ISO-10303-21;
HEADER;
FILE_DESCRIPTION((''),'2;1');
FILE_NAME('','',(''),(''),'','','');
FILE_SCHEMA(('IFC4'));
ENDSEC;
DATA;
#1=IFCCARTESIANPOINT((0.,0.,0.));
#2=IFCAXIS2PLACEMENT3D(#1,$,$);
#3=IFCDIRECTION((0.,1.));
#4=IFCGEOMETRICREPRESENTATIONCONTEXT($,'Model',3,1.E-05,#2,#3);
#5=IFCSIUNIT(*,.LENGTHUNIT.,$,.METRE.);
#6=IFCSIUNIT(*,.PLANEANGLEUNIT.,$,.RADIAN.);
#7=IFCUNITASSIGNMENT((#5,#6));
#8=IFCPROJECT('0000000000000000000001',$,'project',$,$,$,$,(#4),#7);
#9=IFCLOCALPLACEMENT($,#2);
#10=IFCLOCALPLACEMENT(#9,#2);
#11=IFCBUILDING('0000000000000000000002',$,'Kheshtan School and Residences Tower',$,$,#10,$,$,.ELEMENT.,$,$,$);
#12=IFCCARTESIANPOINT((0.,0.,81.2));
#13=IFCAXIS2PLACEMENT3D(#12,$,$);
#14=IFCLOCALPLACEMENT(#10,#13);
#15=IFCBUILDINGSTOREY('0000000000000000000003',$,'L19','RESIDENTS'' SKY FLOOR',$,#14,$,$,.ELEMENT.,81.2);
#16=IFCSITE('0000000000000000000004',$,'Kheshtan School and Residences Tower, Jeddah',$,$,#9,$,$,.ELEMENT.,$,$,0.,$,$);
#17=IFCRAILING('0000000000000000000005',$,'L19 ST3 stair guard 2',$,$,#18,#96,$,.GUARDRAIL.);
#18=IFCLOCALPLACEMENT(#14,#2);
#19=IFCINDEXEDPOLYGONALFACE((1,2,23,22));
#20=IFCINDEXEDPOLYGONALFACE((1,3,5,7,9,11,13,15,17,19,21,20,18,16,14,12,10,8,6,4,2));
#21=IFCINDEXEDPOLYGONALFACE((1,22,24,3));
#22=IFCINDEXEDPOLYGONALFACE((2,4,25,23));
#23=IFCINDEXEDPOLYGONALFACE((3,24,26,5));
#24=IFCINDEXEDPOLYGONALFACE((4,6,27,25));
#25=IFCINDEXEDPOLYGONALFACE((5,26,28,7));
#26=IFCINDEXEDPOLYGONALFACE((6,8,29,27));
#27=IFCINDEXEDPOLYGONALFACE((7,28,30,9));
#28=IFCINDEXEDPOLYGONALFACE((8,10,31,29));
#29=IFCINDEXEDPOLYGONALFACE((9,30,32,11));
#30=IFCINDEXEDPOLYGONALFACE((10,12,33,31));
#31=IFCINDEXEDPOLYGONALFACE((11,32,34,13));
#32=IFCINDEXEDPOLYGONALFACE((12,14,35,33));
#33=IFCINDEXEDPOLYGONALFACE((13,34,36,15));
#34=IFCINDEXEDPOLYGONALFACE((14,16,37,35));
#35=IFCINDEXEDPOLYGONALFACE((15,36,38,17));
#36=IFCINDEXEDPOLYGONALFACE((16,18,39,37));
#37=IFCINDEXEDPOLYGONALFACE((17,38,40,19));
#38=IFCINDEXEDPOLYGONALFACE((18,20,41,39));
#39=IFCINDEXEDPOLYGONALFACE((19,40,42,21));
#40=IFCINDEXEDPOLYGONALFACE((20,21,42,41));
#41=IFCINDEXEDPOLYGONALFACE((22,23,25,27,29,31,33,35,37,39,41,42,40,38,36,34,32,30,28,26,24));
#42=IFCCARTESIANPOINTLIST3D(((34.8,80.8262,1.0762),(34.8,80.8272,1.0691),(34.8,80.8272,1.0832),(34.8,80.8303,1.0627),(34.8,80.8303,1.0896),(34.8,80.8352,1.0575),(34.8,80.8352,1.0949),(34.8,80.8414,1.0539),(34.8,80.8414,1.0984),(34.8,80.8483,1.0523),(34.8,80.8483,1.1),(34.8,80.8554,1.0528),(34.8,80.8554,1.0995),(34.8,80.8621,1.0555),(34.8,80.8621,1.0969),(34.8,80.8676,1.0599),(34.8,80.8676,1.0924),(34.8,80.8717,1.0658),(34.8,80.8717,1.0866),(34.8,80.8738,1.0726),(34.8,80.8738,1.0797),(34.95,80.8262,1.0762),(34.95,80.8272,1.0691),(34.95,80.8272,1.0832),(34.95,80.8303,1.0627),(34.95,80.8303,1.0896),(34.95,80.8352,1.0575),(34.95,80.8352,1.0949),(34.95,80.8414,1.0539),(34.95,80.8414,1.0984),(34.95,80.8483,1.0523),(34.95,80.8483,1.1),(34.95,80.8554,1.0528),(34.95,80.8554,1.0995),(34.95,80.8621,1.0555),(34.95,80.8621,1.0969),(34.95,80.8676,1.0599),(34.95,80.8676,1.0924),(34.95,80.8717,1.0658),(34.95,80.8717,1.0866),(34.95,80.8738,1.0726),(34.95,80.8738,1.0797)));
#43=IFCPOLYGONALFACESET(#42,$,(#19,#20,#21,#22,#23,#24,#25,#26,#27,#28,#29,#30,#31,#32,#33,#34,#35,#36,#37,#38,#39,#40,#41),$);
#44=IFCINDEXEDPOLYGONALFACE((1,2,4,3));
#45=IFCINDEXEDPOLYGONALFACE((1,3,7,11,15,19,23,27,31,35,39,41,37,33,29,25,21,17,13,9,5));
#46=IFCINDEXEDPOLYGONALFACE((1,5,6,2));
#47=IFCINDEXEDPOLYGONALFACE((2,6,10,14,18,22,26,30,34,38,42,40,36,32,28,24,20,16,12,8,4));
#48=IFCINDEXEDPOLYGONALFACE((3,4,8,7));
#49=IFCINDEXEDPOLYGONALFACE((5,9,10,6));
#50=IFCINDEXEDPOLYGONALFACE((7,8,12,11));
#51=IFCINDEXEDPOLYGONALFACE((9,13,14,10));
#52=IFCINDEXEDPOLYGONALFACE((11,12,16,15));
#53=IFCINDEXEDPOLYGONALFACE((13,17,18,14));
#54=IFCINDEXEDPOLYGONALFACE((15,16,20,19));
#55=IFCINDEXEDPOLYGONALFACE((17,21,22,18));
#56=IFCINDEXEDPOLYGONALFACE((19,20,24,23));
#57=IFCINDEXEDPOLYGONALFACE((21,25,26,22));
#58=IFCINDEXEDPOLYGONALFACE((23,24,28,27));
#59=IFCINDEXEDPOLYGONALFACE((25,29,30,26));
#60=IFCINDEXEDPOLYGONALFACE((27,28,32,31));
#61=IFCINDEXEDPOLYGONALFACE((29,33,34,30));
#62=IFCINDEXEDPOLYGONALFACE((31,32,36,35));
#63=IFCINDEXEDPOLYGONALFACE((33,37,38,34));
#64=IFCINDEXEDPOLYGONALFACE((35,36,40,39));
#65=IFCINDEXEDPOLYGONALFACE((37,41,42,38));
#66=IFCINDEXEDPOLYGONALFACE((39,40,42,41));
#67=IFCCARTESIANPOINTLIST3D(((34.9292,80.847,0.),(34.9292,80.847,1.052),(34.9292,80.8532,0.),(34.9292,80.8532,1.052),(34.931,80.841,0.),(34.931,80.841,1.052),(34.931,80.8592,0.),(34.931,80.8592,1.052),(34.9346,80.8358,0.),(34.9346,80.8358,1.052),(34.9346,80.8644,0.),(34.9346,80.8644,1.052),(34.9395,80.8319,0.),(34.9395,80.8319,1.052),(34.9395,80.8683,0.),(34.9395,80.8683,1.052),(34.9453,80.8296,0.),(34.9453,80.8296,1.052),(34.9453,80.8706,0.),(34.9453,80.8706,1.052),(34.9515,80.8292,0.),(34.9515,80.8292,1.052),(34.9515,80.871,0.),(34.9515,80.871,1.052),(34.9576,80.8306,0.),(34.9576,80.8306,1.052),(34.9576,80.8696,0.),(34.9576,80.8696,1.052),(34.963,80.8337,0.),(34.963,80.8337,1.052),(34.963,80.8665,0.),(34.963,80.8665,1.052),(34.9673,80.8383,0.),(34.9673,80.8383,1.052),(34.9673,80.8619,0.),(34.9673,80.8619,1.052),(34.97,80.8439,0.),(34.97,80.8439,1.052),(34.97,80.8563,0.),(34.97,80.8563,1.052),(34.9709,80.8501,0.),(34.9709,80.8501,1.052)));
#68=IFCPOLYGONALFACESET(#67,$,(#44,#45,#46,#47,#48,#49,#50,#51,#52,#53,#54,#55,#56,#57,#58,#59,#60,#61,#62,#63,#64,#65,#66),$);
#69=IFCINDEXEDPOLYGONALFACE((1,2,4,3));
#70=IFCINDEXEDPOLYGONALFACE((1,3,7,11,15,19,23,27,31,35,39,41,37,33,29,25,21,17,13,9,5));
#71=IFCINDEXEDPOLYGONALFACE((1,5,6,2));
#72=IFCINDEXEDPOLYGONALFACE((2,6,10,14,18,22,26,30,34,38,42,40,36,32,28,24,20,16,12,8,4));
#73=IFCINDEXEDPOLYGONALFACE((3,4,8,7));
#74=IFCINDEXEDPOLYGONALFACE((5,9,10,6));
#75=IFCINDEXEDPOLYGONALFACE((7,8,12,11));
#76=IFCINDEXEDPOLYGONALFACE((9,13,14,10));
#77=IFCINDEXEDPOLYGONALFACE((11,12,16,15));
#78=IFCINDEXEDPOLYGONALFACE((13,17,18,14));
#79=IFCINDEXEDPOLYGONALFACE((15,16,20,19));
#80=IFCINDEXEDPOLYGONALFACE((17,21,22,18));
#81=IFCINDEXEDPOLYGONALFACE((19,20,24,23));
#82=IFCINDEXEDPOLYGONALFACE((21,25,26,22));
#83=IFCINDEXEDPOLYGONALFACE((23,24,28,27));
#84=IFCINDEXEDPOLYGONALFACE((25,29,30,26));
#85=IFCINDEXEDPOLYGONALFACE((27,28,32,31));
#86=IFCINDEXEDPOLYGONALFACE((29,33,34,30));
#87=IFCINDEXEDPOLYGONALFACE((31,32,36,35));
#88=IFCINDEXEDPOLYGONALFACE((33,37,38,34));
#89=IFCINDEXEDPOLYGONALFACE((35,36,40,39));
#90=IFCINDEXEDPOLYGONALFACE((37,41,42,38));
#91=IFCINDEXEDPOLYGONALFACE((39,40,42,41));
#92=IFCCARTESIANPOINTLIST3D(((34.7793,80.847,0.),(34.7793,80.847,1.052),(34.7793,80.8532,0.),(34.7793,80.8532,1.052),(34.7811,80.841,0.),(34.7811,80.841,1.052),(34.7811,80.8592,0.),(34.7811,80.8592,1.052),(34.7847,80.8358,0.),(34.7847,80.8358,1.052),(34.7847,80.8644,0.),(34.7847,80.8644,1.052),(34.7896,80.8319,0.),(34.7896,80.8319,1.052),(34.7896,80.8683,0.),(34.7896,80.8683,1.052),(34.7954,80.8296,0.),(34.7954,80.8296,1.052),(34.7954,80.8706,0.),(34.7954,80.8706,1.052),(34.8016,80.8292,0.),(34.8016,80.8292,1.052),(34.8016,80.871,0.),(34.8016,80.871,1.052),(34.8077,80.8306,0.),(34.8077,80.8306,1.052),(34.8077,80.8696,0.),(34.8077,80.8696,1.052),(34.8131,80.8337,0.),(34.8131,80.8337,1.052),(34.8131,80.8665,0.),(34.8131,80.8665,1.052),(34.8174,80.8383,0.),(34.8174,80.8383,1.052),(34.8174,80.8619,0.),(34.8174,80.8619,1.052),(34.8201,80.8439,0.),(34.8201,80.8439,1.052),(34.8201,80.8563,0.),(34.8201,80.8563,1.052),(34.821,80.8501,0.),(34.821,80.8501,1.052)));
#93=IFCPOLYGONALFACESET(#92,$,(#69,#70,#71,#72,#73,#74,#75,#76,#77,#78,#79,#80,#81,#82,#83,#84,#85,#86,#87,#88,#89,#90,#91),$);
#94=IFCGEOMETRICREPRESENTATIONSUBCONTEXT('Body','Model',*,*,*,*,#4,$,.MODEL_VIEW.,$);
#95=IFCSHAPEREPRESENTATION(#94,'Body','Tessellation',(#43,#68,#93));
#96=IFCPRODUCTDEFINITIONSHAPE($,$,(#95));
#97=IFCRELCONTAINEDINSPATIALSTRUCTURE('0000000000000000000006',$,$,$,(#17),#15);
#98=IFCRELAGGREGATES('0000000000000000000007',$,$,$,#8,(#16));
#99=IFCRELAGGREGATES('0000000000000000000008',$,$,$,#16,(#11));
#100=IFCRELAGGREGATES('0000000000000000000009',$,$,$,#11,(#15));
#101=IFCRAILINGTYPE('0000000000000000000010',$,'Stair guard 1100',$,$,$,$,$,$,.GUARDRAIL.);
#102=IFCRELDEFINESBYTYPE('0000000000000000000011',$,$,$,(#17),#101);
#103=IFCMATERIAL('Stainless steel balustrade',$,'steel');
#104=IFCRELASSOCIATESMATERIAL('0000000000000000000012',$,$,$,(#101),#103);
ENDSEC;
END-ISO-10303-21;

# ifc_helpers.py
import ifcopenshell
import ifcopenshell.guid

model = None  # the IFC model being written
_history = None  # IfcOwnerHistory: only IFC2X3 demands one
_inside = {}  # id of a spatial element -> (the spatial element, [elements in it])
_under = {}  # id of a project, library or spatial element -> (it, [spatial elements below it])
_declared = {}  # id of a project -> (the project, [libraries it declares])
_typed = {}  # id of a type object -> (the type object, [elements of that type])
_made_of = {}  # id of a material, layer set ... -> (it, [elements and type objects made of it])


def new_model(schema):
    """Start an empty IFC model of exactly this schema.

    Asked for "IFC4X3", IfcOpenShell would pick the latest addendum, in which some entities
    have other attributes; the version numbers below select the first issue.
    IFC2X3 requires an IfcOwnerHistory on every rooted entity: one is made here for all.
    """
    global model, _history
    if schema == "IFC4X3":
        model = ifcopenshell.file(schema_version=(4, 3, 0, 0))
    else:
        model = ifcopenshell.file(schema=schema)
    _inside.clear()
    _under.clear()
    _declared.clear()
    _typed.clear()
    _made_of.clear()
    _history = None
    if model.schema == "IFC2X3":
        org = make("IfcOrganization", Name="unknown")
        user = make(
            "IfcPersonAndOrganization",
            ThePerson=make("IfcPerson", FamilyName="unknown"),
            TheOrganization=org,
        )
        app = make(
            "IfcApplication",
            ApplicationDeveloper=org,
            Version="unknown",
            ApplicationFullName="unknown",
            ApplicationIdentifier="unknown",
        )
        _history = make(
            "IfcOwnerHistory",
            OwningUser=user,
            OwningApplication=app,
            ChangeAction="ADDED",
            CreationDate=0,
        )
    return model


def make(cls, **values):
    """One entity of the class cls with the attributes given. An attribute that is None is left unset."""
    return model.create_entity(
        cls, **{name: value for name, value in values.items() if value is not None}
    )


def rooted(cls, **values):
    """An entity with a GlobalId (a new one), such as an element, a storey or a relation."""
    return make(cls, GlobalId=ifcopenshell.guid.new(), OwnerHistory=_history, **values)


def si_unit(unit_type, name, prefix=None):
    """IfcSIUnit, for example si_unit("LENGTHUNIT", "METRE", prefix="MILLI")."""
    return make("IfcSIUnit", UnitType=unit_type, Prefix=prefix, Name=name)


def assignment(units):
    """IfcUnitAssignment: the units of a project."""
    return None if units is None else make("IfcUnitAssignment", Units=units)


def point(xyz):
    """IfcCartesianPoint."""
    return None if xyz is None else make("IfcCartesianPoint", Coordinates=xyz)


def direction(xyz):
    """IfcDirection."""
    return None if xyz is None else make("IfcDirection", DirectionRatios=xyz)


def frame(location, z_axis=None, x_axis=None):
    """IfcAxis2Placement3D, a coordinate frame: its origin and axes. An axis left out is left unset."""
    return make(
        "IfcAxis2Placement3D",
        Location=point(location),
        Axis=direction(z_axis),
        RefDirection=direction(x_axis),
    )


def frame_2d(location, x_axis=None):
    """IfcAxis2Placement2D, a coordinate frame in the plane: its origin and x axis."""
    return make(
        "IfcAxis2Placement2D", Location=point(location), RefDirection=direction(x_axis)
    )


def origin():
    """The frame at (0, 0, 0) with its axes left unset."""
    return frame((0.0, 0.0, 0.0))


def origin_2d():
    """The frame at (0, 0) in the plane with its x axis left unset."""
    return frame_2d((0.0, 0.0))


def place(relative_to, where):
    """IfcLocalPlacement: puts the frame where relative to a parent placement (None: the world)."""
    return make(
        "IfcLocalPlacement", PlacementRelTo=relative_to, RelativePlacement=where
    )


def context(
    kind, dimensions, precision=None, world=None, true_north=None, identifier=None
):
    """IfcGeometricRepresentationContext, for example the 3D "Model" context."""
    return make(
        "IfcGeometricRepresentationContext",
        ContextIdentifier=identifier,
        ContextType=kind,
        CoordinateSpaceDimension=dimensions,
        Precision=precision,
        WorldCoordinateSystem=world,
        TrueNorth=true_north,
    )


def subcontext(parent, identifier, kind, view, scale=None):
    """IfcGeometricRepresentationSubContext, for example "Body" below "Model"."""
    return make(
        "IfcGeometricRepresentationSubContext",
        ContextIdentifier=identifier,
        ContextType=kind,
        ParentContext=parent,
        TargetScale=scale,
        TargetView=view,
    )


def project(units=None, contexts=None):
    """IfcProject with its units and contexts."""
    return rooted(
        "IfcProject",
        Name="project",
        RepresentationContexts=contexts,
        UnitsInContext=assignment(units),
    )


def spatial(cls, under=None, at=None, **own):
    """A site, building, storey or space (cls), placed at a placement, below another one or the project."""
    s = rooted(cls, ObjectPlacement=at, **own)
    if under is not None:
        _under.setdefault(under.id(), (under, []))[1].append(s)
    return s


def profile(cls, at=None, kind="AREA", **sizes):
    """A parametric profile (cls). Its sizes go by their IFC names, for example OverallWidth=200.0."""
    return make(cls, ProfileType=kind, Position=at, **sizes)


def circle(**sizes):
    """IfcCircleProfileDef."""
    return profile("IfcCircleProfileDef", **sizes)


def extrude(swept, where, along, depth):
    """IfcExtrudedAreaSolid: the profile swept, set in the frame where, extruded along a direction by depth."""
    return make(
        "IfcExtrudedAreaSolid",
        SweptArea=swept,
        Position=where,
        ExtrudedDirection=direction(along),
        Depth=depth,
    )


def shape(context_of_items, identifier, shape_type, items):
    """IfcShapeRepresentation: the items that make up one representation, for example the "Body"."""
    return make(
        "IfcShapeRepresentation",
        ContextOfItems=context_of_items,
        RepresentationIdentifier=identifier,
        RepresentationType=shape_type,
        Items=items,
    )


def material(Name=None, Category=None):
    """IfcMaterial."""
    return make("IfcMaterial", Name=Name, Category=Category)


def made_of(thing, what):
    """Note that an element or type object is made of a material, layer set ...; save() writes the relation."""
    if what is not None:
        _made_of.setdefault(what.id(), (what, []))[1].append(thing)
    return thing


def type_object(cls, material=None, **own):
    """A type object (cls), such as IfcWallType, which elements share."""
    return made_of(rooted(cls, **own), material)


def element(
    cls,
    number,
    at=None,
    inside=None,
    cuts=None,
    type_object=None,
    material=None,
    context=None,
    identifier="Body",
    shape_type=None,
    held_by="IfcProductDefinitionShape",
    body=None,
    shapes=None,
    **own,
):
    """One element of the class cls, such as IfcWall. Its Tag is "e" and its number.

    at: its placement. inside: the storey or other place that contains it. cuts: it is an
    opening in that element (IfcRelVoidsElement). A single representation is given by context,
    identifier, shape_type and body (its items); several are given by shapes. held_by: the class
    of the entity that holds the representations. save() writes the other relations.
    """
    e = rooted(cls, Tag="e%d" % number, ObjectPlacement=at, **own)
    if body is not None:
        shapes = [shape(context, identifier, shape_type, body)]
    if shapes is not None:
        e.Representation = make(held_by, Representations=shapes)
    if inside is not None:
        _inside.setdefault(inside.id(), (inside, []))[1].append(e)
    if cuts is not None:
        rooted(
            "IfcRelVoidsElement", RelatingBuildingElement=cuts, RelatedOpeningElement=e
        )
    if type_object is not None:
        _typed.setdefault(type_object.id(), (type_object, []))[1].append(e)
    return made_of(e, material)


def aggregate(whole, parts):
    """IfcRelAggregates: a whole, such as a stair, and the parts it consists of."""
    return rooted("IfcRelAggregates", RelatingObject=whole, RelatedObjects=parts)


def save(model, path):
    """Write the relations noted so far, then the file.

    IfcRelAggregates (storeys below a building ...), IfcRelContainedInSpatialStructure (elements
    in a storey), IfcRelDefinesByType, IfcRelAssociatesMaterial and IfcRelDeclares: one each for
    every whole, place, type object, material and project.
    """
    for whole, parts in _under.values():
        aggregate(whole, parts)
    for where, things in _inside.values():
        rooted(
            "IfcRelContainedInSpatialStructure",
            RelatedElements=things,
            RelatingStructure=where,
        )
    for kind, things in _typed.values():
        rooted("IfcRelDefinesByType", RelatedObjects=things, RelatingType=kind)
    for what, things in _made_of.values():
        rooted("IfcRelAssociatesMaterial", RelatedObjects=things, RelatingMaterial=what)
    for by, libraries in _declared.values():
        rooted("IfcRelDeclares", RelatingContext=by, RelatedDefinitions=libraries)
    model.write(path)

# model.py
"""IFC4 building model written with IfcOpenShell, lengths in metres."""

from ifc_helpers import new_model, si_unit, direction, frame, origin, origin_2d, place, context, subcontext, project, spatial, circle, extrude, material, type_object, element, save


model = new_model("IFC4")

# Units and contexts
model_context = context("Model", 3, precision=1e-05, world=origin(), true_north=direction((0.0, 1.0)))
body_context = subcontext(model_context, "Body", "Model", "MODEL_VIEW")
ifc_project = project(units=[si_unit("LENGTHUNIT", "METRE"), si_unit("PLANEANGLEUNIT", "RADIAN")], contexts=[model_context])

# Site, building, storey
site_placement = place(None, origin())
site = spatial("IfcSite", under=ifc_project, at=site_placement, Name="Kheshtan School and Residences Tower, Jeddah", CompositionType="ELEMENT", RefElevation=0.0)
building_placement = place(site_placement, origin())
building = spatial("IfcBuilding", under=site, at=building_placement, Name="Kheshtan School and Residences Tower", CompositionType="ELEMENT")
storey_placement = place(building_placement, frame((0.0, 0.0, 81.2)))
storey = spatial("IfcBuildingStorey", under=building, at=storey_placement, Name="L19", Description="RESIDENTS' SKY FLOOR", CompositionType="ELEMENT", Elevation=81.2)

# Railing
ifc_material_1 = material(Name="Stainless steel balustrade", Category="steel")
railing_type_1 = type_object("IfcRailingType", Name="Stair guard 1100", PredefinedType="GUARDRAIL", material=ifc_material_1)
railing_1_placement = place(storey_placement, frame((34.95, 80.8501, 0.0)))
element("IfcRailing", 1, at=railing_1_placement, inside=storey, type_object=railing_type_1, Name="L19 ST3 stair guard 2", PredefinedType="GUARDRAIL", context=body_context, shape_type="SweptSolid", body=[
    extrude(circle(Radius=0.0239, at=origin_2d()), frame((0.0, 0.0, 1.0762), z_axis=(-1.0, 0.0, 0.0), x_axis=(0.0, -1.0, 0.0)), (0.0, 0.0, 1.0), 0.1499),
    extrude(circle(Radius=0.021, at=origin_2d()), origin(), (0.0, 0.0, 1.0), 1.052),
    extrude(circle(Radius=0.021, at=origin_2d()), frame((-0.1499, 0.0, 0.0)), (0.0, 0.0, 1.0), 1.052),
])

save(model, "model.ifc")
